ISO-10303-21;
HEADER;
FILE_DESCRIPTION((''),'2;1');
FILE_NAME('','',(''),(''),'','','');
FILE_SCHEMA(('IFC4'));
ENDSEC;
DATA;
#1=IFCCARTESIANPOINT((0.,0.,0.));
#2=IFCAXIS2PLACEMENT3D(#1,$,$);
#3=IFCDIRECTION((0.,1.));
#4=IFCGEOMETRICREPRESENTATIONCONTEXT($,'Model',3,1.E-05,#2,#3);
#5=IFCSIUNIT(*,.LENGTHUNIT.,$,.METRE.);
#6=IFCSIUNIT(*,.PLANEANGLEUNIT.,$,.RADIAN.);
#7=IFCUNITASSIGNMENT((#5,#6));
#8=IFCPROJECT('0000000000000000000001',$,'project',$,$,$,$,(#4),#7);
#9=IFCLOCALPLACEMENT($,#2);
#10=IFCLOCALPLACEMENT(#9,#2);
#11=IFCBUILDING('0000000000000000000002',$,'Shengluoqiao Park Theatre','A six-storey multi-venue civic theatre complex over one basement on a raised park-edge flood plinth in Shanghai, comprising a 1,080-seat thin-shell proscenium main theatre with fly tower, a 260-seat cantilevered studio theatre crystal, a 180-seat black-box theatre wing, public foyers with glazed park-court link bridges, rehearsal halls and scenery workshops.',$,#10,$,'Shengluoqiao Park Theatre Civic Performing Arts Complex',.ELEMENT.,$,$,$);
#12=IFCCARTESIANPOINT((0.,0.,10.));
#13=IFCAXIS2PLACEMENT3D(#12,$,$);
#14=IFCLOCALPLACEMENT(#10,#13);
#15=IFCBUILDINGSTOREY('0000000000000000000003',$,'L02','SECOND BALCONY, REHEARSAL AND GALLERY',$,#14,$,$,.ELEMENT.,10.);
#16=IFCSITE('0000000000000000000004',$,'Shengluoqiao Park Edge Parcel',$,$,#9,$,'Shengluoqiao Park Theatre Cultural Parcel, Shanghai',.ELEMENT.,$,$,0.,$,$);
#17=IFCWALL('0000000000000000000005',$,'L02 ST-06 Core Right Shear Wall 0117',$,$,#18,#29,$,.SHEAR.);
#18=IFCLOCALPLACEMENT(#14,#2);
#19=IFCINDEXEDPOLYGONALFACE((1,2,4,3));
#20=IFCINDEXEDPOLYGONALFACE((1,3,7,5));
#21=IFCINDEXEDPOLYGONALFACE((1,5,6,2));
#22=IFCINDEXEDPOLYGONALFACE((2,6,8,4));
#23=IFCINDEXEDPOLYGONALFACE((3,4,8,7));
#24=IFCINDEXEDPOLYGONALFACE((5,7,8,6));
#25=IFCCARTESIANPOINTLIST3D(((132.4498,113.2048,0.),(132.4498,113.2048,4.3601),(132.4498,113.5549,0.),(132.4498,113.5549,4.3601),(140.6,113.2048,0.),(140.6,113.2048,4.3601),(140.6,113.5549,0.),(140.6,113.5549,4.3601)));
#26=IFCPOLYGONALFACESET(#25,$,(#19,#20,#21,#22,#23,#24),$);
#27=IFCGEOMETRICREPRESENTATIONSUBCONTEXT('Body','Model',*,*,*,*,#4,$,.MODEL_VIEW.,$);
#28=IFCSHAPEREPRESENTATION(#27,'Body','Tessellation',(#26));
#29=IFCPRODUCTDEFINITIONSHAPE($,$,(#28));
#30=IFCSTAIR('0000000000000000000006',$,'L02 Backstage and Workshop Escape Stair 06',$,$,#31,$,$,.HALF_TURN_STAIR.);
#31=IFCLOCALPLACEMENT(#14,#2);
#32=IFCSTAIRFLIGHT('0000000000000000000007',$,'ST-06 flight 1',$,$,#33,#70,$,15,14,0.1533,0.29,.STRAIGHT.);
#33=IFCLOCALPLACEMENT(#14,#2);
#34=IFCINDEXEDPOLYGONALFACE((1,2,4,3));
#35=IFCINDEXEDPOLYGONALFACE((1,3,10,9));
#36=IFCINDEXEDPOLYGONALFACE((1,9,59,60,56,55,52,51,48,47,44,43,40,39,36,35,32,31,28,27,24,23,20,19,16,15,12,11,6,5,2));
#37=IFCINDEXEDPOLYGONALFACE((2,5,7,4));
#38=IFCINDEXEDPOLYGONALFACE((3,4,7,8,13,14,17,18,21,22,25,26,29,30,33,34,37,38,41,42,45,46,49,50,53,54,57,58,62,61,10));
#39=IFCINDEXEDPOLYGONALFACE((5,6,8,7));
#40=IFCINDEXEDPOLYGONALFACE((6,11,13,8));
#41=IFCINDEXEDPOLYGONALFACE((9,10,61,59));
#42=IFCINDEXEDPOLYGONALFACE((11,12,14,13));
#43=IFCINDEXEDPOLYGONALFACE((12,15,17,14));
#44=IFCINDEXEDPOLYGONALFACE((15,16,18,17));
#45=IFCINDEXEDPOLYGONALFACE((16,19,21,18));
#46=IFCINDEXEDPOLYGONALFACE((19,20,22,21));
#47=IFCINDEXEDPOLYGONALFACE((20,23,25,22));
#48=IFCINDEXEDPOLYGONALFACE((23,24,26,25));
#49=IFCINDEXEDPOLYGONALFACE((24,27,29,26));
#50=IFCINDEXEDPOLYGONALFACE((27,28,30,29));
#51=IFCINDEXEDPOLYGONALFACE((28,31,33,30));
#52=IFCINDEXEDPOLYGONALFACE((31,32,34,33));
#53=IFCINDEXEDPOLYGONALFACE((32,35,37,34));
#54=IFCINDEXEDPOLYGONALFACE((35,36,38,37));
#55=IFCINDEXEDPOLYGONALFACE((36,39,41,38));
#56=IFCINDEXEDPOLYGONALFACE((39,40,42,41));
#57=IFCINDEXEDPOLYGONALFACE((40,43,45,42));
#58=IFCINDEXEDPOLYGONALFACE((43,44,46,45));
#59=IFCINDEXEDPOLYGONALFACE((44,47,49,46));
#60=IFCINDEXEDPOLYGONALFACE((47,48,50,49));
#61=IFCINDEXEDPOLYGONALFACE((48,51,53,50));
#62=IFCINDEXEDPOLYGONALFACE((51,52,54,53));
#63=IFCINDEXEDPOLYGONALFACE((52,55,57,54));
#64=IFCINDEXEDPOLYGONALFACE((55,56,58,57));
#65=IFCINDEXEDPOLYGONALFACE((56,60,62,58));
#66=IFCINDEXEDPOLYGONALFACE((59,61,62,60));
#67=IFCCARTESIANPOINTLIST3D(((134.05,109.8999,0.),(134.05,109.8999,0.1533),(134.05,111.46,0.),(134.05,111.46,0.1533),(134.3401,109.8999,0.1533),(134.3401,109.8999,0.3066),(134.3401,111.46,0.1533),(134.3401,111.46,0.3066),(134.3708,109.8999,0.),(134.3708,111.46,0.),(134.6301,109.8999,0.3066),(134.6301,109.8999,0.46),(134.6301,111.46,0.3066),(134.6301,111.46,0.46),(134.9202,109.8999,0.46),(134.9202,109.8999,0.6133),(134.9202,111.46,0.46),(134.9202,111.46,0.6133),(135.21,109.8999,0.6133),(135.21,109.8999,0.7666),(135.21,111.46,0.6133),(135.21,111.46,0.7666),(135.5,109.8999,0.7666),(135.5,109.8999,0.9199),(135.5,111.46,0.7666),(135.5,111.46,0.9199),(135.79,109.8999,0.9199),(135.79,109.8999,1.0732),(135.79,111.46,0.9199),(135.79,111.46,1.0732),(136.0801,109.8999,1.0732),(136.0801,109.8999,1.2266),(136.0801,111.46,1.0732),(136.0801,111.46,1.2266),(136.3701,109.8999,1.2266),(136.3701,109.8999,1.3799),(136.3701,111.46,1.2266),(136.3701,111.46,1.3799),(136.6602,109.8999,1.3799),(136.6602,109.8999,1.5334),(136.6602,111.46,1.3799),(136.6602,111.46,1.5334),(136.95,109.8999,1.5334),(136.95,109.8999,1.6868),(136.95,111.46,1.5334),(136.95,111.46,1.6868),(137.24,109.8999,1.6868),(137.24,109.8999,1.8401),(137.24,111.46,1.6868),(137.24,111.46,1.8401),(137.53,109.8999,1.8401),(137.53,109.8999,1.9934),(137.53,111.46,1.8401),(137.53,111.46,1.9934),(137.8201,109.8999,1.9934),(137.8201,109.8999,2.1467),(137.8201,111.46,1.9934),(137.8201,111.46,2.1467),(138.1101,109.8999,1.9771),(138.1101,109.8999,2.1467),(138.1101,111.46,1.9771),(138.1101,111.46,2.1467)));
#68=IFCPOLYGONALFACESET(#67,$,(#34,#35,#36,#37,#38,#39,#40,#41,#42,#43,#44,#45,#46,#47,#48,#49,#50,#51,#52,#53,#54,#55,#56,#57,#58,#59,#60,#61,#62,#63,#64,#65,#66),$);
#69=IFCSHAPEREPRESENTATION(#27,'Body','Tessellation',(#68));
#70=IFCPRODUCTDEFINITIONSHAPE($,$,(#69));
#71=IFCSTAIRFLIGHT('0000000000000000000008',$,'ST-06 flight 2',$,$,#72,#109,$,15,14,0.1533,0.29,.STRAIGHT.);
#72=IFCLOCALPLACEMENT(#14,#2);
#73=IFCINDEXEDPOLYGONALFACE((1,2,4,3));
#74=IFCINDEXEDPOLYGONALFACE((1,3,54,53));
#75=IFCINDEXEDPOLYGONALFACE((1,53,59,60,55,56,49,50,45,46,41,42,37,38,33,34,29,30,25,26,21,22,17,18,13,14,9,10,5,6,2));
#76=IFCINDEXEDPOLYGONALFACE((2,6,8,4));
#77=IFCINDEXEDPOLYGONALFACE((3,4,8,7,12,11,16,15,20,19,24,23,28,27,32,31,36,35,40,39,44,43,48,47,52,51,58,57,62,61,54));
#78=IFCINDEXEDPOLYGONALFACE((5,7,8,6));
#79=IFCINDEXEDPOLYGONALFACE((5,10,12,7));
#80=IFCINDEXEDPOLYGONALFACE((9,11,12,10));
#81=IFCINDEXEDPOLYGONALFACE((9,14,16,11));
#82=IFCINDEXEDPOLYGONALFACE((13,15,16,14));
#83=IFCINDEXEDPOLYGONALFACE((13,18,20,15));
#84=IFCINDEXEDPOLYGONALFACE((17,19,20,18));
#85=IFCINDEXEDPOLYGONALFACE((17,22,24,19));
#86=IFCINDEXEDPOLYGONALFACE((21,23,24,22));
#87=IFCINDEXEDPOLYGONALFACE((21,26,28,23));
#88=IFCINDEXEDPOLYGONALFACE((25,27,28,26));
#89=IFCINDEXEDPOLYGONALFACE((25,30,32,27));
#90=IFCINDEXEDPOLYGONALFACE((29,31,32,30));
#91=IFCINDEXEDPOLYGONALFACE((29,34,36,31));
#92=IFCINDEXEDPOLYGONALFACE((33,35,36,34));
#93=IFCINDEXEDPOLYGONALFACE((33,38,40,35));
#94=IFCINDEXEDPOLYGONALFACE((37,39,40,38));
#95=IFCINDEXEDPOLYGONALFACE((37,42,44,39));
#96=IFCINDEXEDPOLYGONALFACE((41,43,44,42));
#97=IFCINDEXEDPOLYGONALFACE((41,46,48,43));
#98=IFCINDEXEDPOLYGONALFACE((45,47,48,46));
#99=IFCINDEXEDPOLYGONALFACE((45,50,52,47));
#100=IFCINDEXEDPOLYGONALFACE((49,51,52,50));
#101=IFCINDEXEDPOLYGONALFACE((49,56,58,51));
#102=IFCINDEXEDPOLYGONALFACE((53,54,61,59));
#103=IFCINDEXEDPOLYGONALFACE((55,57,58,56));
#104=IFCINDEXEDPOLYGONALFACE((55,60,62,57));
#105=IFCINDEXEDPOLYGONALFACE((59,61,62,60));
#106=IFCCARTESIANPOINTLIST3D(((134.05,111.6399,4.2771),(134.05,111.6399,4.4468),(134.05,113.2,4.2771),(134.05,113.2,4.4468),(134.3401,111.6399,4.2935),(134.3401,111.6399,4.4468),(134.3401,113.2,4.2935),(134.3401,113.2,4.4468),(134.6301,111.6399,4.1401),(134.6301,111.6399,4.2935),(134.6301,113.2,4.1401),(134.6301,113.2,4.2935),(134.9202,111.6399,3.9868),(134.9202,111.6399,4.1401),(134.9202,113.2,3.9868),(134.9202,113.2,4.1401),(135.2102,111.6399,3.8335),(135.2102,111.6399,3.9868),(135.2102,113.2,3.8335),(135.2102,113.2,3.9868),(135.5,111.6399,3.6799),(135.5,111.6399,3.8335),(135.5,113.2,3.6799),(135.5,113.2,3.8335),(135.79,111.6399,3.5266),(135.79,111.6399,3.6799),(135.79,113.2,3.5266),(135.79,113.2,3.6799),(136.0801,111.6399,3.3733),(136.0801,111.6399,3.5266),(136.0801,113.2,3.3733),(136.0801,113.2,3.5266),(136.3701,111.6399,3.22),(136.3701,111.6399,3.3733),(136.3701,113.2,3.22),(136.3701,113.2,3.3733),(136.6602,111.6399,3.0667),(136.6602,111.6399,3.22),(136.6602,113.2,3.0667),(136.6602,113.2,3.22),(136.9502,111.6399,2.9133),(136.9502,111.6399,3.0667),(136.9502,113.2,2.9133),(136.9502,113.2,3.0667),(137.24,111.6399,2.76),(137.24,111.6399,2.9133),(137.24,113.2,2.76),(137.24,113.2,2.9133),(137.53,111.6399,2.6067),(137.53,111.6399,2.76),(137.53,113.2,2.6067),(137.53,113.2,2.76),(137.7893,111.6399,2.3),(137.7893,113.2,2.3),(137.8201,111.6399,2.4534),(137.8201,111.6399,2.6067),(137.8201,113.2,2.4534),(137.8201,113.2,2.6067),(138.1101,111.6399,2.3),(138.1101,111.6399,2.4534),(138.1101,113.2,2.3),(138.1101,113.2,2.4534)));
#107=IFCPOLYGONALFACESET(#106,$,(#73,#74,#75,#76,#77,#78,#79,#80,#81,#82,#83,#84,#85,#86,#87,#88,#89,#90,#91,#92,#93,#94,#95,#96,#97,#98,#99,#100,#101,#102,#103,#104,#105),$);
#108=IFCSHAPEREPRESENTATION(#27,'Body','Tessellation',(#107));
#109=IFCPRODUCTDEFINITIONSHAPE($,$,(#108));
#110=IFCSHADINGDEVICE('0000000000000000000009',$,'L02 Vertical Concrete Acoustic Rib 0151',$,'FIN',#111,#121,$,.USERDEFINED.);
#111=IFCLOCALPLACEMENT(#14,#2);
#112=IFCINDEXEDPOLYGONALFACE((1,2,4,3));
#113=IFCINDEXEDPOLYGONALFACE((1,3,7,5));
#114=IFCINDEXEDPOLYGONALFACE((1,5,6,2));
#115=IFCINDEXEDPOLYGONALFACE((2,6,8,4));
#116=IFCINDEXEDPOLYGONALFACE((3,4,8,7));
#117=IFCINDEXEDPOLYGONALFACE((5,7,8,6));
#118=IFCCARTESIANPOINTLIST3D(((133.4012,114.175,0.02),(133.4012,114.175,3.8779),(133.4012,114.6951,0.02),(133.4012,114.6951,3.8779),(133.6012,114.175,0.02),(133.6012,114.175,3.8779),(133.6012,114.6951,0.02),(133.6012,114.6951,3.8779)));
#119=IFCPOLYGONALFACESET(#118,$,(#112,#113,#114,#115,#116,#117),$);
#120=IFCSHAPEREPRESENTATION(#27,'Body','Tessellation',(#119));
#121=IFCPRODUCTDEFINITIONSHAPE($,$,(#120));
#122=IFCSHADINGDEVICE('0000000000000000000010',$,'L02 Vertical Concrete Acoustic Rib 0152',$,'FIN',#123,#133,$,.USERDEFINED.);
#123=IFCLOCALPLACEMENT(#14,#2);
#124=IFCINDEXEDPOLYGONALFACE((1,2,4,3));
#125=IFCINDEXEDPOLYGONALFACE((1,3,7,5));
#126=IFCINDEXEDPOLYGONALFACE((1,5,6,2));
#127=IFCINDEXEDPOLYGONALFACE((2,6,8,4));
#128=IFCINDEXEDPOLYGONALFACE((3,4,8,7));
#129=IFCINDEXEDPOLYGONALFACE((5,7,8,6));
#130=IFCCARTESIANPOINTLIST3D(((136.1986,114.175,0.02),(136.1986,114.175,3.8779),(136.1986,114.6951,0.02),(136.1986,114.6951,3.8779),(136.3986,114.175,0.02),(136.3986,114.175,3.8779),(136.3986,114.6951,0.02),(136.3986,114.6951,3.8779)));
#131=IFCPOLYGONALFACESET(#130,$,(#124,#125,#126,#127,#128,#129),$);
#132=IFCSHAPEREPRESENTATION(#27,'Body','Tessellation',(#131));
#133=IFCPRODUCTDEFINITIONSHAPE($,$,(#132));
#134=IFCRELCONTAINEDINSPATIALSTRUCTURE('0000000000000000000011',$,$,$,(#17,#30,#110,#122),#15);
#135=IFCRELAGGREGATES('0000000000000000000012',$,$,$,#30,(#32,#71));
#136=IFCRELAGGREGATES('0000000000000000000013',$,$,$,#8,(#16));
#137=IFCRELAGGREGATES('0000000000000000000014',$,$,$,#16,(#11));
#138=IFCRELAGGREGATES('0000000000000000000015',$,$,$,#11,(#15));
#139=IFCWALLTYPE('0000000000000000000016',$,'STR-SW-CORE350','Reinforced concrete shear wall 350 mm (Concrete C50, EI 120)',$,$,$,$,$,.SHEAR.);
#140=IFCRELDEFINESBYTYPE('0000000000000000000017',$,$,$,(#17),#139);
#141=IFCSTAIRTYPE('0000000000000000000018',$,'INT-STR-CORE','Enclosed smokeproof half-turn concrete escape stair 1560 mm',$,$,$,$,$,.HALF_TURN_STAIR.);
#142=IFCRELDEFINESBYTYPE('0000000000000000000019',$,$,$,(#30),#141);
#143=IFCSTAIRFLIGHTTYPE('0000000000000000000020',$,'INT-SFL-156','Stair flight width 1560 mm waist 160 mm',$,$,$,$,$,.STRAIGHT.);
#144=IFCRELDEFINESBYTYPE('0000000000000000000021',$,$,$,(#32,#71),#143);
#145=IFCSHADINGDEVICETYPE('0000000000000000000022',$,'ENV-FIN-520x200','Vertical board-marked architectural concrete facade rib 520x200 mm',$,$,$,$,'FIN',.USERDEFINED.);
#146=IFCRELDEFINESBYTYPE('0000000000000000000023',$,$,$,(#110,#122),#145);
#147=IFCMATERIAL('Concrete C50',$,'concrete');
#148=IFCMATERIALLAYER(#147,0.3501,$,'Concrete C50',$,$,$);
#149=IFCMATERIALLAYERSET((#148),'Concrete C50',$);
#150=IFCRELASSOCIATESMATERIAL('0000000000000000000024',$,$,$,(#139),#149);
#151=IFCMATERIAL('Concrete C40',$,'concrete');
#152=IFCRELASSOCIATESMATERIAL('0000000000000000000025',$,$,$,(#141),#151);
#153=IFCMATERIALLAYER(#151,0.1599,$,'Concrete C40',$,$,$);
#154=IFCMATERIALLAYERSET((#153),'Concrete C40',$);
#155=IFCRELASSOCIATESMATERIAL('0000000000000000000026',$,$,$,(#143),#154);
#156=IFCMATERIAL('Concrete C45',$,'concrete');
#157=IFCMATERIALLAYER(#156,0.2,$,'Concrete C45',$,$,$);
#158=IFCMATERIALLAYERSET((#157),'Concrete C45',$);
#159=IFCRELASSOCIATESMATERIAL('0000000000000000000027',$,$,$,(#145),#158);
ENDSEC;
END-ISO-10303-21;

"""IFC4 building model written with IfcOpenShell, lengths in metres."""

from ifc_helpers import new_model, si_unit, direction, frame, frame_2d, origin, origin_2d, place, context, subcontext, project, spatial, polyline, rectangle, outline, extrude, material, layer, layer_set, type_object, element, aggregate, save


model = new_model("IFC4")

# Units and contexts
model_context = context("Model", 3, precision=1e-05, world=origin(), true_north=direction((0.0, 1.0)))
body_context = subcontext(model_context, "Body", "Model", "MODEL_VIEW")
ifc_project = project(units=[si_unit("LENGTHUNIT", "METRE"), si_unit("PLANEANGLEUNIT", "RADIAN")], contexts=[model_context])

# Site, building, storey
site_placement = place(None, origin())
site = spatial("IfcSite", under=ifc_project, at=site_placement, Name="Shengluoqiao Park Edge Parcel", LongName="Shengluoqiao Park Theatre Cultural Parcel, Shanghai", CompositionType="ELEMENT", RefElevation=0.0)
building_placement = place(site_placement, origin())
building = spatial("IfcBuilding", under=site, at=building_placement, Name="Shengluoqiao Park Theatre", Description="A six-storey multi-venue civic theatre complex over one basement on a raised park-edge flood plinth in Shanghai, comprising a 1,080-seat thin-shell proscenium main theatre with fly tower, a 260-seat cantilevered studio theatre crystal, a 180-seat black-box theatre wing, public foyers with glazed park-court link bridges, rehearsal halls and scenery workshops.", LongName="Shengluoqiao Park Theatre Civic Performing Arts Complex", CompositionType="ELEMENT")
storey_placement = place(building_placement, frame((0.0, 0.0, 10.0)))
storey = spatial("IfcBuildingStorey", under=building, at=storey_placement, Name="L02", Description="SECOND BALCONY, REHEARSAL AND GALLERY", CompositionType="ELEMENT", Elevation=10.0)

# Shared definitions
ifc_material_1 = material(Name="Concrete C40", Category="concrete")

# Wall
ifc_material_2 = material(Name="Concrete C45", Category="concrete")
ifc_material_3 = material(Name="Concrete C50", Category="concrete")
ifc_layer_1 = layer(ifc_material_3, 0.3501, Name="Concrete C50")
ifc_layer_set_1 = layer_set([ifc_layer_1], Name="Concrete C50")
wall_type_1 = type_object("IfcWallType", Name="STR-SW-CORE350", Description="Reinforced concrete shear wall 350 mm (Concrete C50, EI 120)", PredefinedType="SHEAR", material=ifc_layer_set_1)
wall_1_placement = place(storey_placement, frame((140.6001, 113.3799, 0.0), z_axis=(0.0, 0.0, 1.0), x_axis=(-1.0, 0.0, 0.0)))
element("IfcWall", 1, at=wall_1_placement, inside=storey, type_object=wall_type_1, Name="L02 ST-06 Core Right Shear Wall 0117", PredefinedType="SHEAR", context=body_context, shape_type="SweptSolid", body=[
    extrude(rectangle(XDim=8.1501, YDim=0.3501, at=frame_2d((4.0752, 0.0))), origin(), (0.0, 0.0, 1.0), 4.3601),
])

# Stair, stair flights
stair_type = type_object("IfcStairType", Name="INT-STR-CORE", Description="Enclosed smokeproof half-turn concrete escape stair 1560 mm", PredefinedType="HALF_TURN_STAIR", material=ifc_material_1)
stair_placement = place(storey_placement, origin())
stair = element("IfcStair", 2, at=stair_placement, inside=storey, type_object=stair_type, Name="L02 Backstage and Workshop Escape Stair 06", PredefinedType="HALF_TURN_STAIR")
ifc_layer_2 = layer(ifc_material_1, 0.1599, Name="Concrete C40")
ifc_layer_set_2 = layer_set([ifc_layer_2], Name="Concrete C40")
stair_flight_type = type_object("IfcStairFlightType", Name="INT-SFL-156", Description="Stair flight width 1560 mm waist 160 mm", PredefinedType="STRAIGHT", material=ifc_layer_set_2)
stair_flight_1_placement = place(storey_placement, frame((134.05, 110.6799, 0.0), z_axis=(0.0, 0.0, 1.0), x_axis=(1.0, 0.0, 0.0)))
stair_flight_1 = element("IfcStairFlight", 3, at=stair_flight_1_placement, type_object=stair_flight_type, Name="ST-06 flight 1", NumberOfRisers=15, NumberOfTreads=14, PredefinedType="STRAIGHT", RiserHeight=0.1533, TreadLength=0.29, context=body_context, shape_type="SweptSolid", body=[
    extrude(outline(polyline([(0.0, 0.0), (0.0, 0.1533), (0.29, 0.1533), (0.29, 0.3066), (0.5801, 0.3066), (0.5801, 0.46), (0.8701, 0.46), (0.8701, 0.6133), (1.1599, 0.6133), (1.1599, 0.7666), (1.45, 0.7666), (1.45, 0.9199), (1.74, 0.9199), (1.74, 1.0732), (2.03, 1.0732), (2.03, 1.2266), (2.3201, 1.2266), (2.3201, 1.3799), (2.6101, 1.3799), (2.6101, 1.5334), (2.8999, 1.5334), (2.8999, 1.6868), (3.1899, 1.6868), (3.1899, 1.8401), (3.48, 1.8401), (3.48, 1.9934), (3.77, 1.9934), (3.77, 2.1467), (4.0601, 2.1467), (4.0601, 2.3), (4.0601, 1.9771), (0.3208, 0.0), (0.0, 0.0)])), frame((0.0, 0.78, 0.0), z_axis=(0.0, -1.0, 0.0), x_axis=(1.0, 0.0, 0.0)), (0.0, 0.0, 1.0), 1.5601),
])
stair_flight_2_placement = place(storey_placement, frame((138.1101, 112.4199, 2.3), z_axis=(0.0, 0.0, 1.0), x_axis=(-1.0, 0.0, 0.0)))
stair_flight_2 = element("IfcStairFlight", 4, at=stair_flight_2_placement, type_object=stair_flight_type, Name="ST-06 flight 2", NumberOfRisers=15, NumberOfTreads=14, PredefinedType="STRAIGHT", RiserHeight=0.1533, TreadLength=0.29, context=body_context, shape_type="SweptSolid", body=[
    extrude(outline(polyline([(0.0, 0.0), (0.0, 0.1533), (0.29, 0.1533), (0.29, 0.3066), (0.5801, 0.3066), (0.5801, 0.46), (0.8701, 0.46), (0.8701, 0.6133), (1.1599, 0.6133), (1.1599, 0.7666), (1.45, 0.7666), (1.45, 0.9199), (1.74, 0.9199), (1.74, 1.0732), (2.03, 1.0732), (2.03, 1.2266), (2.3201, 1.2266), (2.3201, 1.3799), (2.6101, 1.3799), (2.6101, 1.5334), (2.8999, 1.5334), (2.8999, 1.6868), (3.1899, 1.6868), (3.1899, 1.8401), (3.48, 1.8401), (3.48, 1.9934), (3.77, 1.9934), (3.77, 2.1467), (4.0601, 2.1467), (4.0601, 2.3), (4.0601, 1.9771), (0.3208, 0.0), (0.0, 0.0)])), frame((0.0, 0.78, 0.0), z_axis=(0.0, -1.0, 0.0), x_axis=(1.0, 0.0, 0.0)), (0.0, 0.0, 1.0), 1.5601),
])
aggregate(stair, [stair_flight_1, stair_flight_2])

# Shading devices
ifc_layer_3 = layer(ifc_material_2, 0.2, Name="Concrete C45")
ifc_layer_set_3 = layer_set([ifc_layer_3], Name="Concrete C45")
shading_device_type = type_object("IfcShadingDeviceType", Name="ENV-FIN-520x200", Description="Vertical board-marked architectural concrete facade rib 520x200 mm", ElementType="FIN", PredefinedType="USERDEFINED", material=ifc_layer_set_3)
for number, where, z_axis, x_axis, name in (
    (5, (133.5012, 114.4351, 0.02), (0.0, 0.0, 1.0), (0.0, 1.0, 0.0), "L02 Vertical Concrete Acoustic Rib 0151"),
    (6, (136.2986, 114.4351, 0.02), (0.0, 0.0, 1.0), (0.0, 1.0, 0.0), "L02 Vertical Concrete Acoustic Rib 0152"),
):
    element("IfcShadingDevice", number, at=place(storey_placement, frame(where, z_axis=z_axis, x_axis=x_axis)), inside=storey, type_object=shading_device_type, Name=name, ObjectType="FIN", PredefinedType="USERDEFINED", context=body_context, shape_type="SweptSolid", body=[
        extrude(rectangle(XDim=0.52, YDim=0.2, at=origin_2d()), origin(), (0.0, 0.0, 1.0), 3.8579),
    ])

save(model, "model.ifc")
